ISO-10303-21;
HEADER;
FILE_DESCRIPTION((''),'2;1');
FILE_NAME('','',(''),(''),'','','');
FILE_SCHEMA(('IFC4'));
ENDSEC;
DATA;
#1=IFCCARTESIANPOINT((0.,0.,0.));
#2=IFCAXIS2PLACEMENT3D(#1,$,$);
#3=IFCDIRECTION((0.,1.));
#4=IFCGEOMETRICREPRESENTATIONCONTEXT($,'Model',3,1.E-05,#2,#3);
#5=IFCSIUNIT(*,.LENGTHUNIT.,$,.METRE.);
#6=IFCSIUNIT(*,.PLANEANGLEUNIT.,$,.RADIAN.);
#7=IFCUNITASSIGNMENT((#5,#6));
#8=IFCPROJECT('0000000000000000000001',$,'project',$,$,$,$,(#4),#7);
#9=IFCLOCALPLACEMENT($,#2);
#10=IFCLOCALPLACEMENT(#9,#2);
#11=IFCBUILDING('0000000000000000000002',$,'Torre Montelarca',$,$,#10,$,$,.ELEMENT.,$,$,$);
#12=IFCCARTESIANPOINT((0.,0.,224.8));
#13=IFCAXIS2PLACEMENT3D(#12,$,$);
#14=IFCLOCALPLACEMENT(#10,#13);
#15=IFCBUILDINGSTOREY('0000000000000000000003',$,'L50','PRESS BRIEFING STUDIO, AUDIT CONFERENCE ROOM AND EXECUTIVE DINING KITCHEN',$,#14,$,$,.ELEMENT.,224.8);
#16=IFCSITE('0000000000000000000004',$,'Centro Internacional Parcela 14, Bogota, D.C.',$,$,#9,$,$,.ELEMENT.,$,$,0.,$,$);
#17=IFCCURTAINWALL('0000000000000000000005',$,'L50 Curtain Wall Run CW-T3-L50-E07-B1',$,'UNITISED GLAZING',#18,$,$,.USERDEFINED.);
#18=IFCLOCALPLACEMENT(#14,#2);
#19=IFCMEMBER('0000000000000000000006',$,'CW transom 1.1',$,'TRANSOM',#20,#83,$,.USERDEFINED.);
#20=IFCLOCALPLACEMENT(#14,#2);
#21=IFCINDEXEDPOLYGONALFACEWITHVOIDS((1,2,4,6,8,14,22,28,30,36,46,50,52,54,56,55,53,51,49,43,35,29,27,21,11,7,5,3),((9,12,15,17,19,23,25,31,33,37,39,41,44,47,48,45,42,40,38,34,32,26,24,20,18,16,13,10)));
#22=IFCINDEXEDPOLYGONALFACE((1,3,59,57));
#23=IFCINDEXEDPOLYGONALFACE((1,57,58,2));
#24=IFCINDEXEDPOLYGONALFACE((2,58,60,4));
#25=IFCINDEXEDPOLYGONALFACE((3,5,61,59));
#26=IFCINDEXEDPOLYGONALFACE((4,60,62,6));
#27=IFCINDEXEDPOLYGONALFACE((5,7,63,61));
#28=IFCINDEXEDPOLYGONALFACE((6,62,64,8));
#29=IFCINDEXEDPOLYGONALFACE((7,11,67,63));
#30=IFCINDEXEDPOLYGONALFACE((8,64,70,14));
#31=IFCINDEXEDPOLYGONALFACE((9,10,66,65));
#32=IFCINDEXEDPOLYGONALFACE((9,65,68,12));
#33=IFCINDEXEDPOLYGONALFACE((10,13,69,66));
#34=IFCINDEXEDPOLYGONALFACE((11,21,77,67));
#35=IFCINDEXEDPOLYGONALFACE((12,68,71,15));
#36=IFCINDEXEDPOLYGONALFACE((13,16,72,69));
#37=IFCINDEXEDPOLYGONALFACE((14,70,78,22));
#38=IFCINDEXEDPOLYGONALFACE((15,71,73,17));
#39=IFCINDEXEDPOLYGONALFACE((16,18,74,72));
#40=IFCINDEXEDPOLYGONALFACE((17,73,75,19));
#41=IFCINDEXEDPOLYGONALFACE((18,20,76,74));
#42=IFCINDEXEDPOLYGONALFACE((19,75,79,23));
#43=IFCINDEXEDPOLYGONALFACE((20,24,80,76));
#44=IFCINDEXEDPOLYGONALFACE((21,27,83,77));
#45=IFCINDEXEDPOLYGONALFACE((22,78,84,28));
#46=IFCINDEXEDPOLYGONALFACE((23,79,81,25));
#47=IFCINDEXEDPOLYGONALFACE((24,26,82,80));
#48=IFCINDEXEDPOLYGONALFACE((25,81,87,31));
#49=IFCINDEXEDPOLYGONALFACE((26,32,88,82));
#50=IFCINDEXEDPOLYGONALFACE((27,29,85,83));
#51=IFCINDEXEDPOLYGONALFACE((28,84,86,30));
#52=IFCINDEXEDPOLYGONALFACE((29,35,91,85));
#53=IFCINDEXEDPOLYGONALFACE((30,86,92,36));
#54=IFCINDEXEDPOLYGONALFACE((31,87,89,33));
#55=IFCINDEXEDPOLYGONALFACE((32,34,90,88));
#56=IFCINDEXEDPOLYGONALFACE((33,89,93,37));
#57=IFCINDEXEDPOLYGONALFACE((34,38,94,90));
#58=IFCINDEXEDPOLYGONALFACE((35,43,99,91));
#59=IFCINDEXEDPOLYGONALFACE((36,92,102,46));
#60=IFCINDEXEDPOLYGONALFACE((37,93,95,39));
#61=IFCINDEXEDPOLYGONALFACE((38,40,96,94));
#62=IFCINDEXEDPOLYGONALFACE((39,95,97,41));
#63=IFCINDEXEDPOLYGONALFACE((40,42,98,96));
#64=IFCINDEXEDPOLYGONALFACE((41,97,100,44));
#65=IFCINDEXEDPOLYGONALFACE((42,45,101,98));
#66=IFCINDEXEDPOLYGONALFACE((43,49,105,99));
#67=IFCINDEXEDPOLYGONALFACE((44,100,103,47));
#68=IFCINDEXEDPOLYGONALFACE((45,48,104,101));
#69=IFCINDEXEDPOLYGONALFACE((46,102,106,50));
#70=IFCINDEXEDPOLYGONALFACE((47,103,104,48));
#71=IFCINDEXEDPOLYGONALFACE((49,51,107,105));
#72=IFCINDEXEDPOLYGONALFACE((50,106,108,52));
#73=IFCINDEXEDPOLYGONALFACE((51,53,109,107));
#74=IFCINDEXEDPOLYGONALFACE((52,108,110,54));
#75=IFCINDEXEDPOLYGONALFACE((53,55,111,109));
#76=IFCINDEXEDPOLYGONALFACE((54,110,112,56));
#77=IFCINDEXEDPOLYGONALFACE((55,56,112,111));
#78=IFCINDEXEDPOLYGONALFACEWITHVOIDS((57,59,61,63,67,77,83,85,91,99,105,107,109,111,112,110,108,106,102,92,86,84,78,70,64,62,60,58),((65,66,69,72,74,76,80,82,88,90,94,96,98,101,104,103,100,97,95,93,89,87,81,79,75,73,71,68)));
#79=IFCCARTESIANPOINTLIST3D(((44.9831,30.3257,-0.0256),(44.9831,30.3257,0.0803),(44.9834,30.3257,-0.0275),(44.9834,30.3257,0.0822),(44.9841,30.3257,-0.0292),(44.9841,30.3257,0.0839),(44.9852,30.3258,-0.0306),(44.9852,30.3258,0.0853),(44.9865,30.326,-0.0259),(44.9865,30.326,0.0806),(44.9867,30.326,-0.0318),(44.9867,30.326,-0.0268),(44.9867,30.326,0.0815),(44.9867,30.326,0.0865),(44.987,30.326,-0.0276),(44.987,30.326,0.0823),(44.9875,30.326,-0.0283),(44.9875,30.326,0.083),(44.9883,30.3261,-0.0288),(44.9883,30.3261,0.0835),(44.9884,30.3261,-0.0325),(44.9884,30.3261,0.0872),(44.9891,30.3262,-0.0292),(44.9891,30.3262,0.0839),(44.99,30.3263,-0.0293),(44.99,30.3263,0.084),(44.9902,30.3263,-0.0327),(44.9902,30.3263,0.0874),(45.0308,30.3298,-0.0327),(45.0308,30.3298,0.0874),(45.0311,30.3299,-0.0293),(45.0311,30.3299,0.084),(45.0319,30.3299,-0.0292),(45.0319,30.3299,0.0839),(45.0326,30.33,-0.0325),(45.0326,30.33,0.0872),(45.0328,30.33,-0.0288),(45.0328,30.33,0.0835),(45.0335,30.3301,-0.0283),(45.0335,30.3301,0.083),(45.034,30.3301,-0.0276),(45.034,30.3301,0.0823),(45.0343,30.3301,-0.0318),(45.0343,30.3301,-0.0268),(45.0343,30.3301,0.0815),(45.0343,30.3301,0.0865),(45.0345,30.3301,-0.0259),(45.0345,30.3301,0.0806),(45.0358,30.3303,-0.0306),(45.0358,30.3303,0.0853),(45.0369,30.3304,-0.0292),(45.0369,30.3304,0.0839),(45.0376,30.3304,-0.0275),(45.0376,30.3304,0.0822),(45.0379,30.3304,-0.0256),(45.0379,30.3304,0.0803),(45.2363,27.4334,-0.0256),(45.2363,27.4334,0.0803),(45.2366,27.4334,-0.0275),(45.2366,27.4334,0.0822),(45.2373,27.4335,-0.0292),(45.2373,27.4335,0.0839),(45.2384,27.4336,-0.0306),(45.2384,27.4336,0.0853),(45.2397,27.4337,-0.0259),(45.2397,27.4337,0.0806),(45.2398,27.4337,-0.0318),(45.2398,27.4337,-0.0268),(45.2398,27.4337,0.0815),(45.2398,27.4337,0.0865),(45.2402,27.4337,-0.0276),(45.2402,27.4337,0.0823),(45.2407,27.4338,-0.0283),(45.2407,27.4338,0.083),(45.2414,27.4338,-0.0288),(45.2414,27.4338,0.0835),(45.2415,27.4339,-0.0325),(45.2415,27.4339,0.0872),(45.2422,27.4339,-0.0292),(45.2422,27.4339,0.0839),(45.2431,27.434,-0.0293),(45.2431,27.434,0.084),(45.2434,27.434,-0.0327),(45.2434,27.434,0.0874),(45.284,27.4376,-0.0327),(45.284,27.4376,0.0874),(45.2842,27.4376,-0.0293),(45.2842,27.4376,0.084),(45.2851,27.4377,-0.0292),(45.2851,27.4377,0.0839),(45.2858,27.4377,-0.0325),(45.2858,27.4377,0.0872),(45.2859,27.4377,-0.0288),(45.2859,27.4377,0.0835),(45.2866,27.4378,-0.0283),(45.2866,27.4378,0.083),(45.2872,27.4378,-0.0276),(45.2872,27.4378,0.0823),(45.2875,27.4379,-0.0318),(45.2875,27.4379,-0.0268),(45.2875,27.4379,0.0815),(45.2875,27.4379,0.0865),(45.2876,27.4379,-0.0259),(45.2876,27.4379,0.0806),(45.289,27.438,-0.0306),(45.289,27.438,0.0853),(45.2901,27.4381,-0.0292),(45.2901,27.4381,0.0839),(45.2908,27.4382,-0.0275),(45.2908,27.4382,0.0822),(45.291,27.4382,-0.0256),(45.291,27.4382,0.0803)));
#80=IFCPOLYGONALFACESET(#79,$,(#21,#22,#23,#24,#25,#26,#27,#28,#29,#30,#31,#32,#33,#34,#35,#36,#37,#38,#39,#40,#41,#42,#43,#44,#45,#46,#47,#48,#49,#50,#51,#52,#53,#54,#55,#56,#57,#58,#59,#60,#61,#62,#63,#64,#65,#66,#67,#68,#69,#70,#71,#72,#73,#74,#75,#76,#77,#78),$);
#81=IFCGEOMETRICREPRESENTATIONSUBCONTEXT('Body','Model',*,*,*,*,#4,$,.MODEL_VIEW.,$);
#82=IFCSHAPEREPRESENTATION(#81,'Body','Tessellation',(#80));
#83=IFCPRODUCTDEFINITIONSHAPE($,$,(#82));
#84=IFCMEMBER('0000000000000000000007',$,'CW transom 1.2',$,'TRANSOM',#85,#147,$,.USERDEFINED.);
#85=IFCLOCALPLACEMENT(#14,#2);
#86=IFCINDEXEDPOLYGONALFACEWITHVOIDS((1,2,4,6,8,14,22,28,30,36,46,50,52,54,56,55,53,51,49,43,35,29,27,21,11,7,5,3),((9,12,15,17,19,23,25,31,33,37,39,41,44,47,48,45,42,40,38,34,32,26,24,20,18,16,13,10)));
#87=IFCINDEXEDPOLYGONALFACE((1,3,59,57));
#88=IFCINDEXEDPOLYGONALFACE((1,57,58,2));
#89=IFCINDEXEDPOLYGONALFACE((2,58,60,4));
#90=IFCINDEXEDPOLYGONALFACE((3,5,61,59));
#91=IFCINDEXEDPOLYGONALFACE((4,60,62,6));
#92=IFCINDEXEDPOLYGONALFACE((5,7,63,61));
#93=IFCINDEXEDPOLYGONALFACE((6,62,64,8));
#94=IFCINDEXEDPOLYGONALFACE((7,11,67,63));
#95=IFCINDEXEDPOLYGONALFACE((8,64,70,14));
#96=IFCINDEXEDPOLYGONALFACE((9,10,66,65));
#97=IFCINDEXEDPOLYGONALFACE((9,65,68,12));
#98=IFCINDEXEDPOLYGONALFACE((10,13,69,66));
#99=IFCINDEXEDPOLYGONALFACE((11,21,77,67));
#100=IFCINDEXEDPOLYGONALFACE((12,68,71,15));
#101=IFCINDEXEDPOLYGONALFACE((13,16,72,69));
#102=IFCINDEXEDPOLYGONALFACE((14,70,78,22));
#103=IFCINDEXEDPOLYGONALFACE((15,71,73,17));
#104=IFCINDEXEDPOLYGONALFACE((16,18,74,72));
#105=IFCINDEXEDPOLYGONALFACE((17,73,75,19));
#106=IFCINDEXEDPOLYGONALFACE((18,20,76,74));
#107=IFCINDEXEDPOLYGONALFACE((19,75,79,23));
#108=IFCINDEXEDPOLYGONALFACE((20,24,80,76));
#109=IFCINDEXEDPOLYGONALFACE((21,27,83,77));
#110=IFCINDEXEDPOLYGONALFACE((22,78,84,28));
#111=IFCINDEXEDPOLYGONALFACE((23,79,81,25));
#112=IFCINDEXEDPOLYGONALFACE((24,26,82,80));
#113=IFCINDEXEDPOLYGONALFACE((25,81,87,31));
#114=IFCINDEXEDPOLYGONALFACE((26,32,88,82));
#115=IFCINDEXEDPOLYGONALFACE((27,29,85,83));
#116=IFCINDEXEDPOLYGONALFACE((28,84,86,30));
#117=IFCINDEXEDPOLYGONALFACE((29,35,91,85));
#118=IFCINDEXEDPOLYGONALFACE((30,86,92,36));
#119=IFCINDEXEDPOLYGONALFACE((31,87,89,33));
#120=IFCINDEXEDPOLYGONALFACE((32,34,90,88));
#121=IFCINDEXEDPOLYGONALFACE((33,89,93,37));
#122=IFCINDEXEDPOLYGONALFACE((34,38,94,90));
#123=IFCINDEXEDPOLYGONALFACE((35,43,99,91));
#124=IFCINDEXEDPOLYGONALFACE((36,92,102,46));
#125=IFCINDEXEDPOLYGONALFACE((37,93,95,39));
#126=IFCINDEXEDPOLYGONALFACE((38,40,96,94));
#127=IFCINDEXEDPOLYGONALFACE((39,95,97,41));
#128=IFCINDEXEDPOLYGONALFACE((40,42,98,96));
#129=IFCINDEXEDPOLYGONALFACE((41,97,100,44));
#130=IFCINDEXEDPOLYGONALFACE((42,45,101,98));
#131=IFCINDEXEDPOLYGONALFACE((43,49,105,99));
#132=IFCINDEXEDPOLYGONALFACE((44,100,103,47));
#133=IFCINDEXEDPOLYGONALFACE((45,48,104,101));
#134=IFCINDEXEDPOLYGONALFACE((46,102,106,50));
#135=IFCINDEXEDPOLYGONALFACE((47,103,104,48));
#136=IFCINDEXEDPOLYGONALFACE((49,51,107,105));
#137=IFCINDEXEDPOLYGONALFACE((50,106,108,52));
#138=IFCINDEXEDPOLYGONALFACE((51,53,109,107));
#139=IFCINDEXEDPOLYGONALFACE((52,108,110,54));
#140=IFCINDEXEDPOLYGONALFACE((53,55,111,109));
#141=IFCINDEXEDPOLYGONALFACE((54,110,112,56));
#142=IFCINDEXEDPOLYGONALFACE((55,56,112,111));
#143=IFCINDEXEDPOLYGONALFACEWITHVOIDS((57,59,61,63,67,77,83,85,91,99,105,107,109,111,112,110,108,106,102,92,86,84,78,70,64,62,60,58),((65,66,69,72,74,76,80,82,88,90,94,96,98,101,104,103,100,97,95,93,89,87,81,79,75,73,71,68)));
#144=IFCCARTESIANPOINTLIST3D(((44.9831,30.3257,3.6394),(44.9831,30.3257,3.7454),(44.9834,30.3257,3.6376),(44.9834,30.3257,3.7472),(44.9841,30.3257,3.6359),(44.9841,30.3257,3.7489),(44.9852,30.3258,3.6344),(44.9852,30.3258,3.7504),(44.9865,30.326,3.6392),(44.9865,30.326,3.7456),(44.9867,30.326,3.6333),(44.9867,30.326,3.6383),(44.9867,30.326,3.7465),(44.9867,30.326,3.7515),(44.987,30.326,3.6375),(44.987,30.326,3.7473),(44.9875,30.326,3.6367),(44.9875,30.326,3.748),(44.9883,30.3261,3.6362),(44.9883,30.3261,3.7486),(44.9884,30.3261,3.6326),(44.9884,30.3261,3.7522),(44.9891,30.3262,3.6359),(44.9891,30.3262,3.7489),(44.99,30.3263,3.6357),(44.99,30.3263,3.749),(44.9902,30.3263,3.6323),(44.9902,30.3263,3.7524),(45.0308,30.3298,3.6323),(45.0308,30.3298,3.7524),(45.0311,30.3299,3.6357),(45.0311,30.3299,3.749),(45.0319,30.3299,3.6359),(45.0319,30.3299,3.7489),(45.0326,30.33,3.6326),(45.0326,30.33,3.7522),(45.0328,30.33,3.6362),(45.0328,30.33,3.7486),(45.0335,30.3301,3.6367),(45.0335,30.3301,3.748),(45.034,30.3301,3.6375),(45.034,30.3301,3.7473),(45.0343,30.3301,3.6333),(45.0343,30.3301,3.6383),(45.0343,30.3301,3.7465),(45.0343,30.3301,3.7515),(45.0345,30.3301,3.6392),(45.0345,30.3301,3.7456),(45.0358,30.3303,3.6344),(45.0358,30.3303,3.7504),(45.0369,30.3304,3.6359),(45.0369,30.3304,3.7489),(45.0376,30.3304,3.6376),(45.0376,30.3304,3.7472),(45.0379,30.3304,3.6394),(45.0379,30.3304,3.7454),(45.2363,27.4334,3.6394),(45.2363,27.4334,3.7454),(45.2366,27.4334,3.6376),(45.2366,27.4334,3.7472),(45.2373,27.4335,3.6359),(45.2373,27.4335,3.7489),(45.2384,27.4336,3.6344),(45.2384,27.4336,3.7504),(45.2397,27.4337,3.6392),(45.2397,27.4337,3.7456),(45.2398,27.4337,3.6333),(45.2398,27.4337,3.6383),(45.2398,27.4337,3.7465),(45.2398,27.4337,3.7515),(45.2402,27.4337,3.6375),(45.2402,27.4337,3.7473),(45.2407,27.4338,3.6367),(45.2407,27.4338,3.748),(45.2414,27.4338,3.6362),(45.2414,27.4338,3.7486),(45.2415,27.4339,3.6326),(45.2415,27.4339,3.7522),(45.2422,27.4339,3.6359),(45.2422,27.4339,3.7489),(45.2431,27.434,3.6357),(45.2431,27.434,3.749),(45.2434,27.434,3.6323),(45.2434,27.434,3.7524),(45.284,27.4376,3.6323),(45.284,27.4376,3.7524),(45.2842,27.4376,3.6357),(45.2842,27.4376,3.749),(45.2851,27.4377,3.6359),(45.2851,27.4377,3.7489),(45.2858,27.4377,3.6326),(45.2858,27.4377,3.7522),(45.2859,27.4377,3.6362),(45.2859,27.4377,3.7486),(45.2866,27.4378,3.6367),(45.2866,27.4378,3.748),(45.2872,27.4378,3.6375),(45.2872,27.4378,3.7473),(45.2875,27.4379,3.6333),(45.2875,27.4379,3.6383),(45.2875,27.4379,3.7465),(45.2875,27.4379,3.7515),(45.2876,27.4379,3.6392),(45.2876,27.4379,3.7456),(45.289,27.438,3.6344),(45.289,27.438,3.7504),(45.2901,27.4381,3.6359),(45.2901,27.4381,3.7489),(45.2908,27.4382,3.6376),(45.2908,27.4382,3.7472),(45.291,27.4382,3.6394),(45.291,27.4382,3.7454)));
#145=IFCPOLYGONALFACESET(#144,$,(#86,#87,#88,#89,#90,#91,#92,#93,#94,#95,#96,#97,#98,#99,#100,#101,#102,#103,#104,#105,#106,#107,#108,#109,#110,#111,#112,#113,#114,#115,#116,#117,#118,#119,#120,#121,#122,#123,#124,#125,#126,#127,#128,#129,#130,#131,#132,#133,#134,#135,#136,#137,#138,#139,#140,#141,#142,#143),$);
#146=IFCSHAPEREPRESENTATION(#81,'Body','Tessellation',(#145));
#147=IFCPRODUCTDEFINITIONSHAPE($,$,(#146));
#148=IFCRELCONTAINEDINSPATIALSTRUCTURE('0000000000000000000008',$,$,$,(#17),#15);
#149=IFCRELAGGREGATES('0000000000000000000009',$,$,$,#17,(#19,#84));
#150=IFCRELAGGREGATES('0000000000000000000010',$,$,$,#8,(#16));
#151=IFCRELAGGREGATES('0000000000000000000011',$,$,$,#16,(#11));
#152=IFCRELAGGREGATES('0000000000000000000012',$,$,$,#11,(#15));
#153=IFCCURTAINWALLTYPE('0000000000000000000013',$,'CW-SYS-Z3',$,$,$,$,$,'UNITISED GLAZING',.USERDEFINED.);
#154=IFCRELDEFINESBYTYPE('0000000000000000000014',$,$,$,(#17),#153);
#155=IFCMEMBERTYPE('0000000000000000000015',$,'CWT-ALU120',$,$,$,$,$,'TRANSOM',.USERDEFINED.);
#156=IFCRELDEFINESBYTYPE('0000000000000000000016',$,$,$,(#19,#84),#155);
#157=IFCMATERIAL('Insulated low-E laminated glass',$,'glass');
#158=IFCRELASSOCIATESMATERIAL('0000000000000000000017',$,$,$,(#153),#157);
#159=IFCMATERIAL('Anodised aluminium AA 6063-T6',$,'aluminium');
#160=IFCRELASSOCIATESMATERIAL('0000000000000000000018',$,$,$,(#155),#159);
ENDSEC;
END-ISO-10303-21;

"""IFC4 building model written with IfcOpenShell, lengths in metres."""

from ifc_helpers import new_model, si_unit, direction, frame, origin, origin_2d, place, context, subcontext, project, spatial, hollow_rectangle, extrude, source, transform, mapped, material, material_profile, profile_set, type_object, element, aggregate, save


model = new_model("IFC4")

# Units and contexts
model_context = context("Model", 3, precision=1e-05, world=origin(), true_north=direction((0.0, 1.0)))
body_context = subcontext(model_context, "Body", "Model", "MODEL_VIEW")
ifc_project = project(units=[si_unit("LENGTHUNIT", "METRE"), si_unit("PLANEANGLEUNIT", "RADIAN")], contexts=[model_context])

# Site, building, storey
site_placement = place(None, origin())
site = spatial("IfcSite", under=ifc_project, at=site_placement, Name="Centro Internacional Parcela 14, Bogota, D.C.", CompositionType="ELEMENT", RefElevation=0.0)
building_placement = place(site_placement, origin())
building = spatial("IfcBuilding", under=site, at=building_placement, Name="Torre Montelarca", CompositionType="ELEMENT")
storey_placement = place(building_placement, frame((0.0, 0.0, 224.8)))
storey = spatial("IfcBuildingStorey", under=building, at=storey_placement, Name="L50", Description="PRESS BRIEFING STUDIO, AUDIT CONFERENCE ROOM AND EXECUTIVE DINING KITCHEN", CompositionType="ELEMENT", Elevation=224.8)

# Curtain wall, members
ifc_material_1 = material(Name="Insulated low-E laminated glass", Category="glass")
curtain_wall_type = type_object("IfcCurtainWallType", Name="CW-SYS-Z3", ElementType="UNITISED GLAZING", PredefinedType="USERDEFINED", material=ifc_material_1)
curtain_wall_1_placement = place(storey_placement, origin())
curtain_wall_1 = element("IfcCurtainWall", 1, at=curtain_wall_1_placement, inside=storey, type_object=curtain_wall_type, Name="L50 Curtain Wall Run CW-T3-L50-E07-B1", ObjectType="UNITISED GLAZING", PredefinedType="USERDEFINED")
ifc_material_2 = material(Name="Anodised aluminium AA 6063-T6", Category="aluminium")
ifc_material_profile_1 = material_profile(ifc_material_2, hollow_rectangle(XDim=0.0549, YDim=0.1201, WallThickness=0.0034, InnerFilletRadius=0.0034, OuterFilletRadius=0.0071, at=origin_2d()), Name="ALU55X120X3.5", Category="aluminium")
ifc_profile_set_1 = profile_set([ifc_material_profile_1], Name="Anodised aluminium AA 6063-T6")
member_type_1 = type_object("IfcMemberType", Name="CWT-ALU120", ElementType="TRANSOM", PredefinedType="USERDEFINED", material=ifc_profile_set_1)
shared_shape_1 = source(origin(), body_context, "Body", "SweptSolid", [
    extrude(hollow_rectangle(XDim=0.0549, YDim=0.1201, WallThickness=0.0034, InnerFilletRadius=0.0034, OuterFilletRadius=0.0071, at=origin_2d()), origin(), (0.0, 0.0, 1.0), 2.9033),
])
member_1_placement = place(storey_placement, frame((45.2637, 27.4358, 0.0273), z_axis=(-0.087199, 0.996191, 0.0), x_axis=(-0.996191, -0.087199, 0.0)))
member_1 = element("IfcMember", 2, at=member_1_placement, type_object=member_type_1, Name="CW transom 1.1", ObjectType="TRANSOM", PredefinedType="USERDEFINED", context=body_context, shape_type="MappedRepresentation", body=[
    mapped(shared_shape_1, transform((0.0, 0.0, 0.0), scale=1.0)),
])
member_2_placement = place(storey_placement, frame((45.2637, 27.4358, 3.6924), z_axis=(-0.087199, 0.996191, 0.0), x_axis=(-0.996191, -0.087199, 0.0)))
member_2 = element("IfcMember", 3, at=member_2_placement, type_object=member_type_1, Name="CW transom 1.2", ObjectType="TRANSOM", PredefinedType="USERDEFINED", context=body_context, shape_type="MappedRepresentation", body=[
    mapped(shared_shape_1, transform((0.0, 0.0, 0.0), scale=1.0)),
])

aggregate(curtain_wall_1, [member_1, member_2])

save(model, "model.ifc")
